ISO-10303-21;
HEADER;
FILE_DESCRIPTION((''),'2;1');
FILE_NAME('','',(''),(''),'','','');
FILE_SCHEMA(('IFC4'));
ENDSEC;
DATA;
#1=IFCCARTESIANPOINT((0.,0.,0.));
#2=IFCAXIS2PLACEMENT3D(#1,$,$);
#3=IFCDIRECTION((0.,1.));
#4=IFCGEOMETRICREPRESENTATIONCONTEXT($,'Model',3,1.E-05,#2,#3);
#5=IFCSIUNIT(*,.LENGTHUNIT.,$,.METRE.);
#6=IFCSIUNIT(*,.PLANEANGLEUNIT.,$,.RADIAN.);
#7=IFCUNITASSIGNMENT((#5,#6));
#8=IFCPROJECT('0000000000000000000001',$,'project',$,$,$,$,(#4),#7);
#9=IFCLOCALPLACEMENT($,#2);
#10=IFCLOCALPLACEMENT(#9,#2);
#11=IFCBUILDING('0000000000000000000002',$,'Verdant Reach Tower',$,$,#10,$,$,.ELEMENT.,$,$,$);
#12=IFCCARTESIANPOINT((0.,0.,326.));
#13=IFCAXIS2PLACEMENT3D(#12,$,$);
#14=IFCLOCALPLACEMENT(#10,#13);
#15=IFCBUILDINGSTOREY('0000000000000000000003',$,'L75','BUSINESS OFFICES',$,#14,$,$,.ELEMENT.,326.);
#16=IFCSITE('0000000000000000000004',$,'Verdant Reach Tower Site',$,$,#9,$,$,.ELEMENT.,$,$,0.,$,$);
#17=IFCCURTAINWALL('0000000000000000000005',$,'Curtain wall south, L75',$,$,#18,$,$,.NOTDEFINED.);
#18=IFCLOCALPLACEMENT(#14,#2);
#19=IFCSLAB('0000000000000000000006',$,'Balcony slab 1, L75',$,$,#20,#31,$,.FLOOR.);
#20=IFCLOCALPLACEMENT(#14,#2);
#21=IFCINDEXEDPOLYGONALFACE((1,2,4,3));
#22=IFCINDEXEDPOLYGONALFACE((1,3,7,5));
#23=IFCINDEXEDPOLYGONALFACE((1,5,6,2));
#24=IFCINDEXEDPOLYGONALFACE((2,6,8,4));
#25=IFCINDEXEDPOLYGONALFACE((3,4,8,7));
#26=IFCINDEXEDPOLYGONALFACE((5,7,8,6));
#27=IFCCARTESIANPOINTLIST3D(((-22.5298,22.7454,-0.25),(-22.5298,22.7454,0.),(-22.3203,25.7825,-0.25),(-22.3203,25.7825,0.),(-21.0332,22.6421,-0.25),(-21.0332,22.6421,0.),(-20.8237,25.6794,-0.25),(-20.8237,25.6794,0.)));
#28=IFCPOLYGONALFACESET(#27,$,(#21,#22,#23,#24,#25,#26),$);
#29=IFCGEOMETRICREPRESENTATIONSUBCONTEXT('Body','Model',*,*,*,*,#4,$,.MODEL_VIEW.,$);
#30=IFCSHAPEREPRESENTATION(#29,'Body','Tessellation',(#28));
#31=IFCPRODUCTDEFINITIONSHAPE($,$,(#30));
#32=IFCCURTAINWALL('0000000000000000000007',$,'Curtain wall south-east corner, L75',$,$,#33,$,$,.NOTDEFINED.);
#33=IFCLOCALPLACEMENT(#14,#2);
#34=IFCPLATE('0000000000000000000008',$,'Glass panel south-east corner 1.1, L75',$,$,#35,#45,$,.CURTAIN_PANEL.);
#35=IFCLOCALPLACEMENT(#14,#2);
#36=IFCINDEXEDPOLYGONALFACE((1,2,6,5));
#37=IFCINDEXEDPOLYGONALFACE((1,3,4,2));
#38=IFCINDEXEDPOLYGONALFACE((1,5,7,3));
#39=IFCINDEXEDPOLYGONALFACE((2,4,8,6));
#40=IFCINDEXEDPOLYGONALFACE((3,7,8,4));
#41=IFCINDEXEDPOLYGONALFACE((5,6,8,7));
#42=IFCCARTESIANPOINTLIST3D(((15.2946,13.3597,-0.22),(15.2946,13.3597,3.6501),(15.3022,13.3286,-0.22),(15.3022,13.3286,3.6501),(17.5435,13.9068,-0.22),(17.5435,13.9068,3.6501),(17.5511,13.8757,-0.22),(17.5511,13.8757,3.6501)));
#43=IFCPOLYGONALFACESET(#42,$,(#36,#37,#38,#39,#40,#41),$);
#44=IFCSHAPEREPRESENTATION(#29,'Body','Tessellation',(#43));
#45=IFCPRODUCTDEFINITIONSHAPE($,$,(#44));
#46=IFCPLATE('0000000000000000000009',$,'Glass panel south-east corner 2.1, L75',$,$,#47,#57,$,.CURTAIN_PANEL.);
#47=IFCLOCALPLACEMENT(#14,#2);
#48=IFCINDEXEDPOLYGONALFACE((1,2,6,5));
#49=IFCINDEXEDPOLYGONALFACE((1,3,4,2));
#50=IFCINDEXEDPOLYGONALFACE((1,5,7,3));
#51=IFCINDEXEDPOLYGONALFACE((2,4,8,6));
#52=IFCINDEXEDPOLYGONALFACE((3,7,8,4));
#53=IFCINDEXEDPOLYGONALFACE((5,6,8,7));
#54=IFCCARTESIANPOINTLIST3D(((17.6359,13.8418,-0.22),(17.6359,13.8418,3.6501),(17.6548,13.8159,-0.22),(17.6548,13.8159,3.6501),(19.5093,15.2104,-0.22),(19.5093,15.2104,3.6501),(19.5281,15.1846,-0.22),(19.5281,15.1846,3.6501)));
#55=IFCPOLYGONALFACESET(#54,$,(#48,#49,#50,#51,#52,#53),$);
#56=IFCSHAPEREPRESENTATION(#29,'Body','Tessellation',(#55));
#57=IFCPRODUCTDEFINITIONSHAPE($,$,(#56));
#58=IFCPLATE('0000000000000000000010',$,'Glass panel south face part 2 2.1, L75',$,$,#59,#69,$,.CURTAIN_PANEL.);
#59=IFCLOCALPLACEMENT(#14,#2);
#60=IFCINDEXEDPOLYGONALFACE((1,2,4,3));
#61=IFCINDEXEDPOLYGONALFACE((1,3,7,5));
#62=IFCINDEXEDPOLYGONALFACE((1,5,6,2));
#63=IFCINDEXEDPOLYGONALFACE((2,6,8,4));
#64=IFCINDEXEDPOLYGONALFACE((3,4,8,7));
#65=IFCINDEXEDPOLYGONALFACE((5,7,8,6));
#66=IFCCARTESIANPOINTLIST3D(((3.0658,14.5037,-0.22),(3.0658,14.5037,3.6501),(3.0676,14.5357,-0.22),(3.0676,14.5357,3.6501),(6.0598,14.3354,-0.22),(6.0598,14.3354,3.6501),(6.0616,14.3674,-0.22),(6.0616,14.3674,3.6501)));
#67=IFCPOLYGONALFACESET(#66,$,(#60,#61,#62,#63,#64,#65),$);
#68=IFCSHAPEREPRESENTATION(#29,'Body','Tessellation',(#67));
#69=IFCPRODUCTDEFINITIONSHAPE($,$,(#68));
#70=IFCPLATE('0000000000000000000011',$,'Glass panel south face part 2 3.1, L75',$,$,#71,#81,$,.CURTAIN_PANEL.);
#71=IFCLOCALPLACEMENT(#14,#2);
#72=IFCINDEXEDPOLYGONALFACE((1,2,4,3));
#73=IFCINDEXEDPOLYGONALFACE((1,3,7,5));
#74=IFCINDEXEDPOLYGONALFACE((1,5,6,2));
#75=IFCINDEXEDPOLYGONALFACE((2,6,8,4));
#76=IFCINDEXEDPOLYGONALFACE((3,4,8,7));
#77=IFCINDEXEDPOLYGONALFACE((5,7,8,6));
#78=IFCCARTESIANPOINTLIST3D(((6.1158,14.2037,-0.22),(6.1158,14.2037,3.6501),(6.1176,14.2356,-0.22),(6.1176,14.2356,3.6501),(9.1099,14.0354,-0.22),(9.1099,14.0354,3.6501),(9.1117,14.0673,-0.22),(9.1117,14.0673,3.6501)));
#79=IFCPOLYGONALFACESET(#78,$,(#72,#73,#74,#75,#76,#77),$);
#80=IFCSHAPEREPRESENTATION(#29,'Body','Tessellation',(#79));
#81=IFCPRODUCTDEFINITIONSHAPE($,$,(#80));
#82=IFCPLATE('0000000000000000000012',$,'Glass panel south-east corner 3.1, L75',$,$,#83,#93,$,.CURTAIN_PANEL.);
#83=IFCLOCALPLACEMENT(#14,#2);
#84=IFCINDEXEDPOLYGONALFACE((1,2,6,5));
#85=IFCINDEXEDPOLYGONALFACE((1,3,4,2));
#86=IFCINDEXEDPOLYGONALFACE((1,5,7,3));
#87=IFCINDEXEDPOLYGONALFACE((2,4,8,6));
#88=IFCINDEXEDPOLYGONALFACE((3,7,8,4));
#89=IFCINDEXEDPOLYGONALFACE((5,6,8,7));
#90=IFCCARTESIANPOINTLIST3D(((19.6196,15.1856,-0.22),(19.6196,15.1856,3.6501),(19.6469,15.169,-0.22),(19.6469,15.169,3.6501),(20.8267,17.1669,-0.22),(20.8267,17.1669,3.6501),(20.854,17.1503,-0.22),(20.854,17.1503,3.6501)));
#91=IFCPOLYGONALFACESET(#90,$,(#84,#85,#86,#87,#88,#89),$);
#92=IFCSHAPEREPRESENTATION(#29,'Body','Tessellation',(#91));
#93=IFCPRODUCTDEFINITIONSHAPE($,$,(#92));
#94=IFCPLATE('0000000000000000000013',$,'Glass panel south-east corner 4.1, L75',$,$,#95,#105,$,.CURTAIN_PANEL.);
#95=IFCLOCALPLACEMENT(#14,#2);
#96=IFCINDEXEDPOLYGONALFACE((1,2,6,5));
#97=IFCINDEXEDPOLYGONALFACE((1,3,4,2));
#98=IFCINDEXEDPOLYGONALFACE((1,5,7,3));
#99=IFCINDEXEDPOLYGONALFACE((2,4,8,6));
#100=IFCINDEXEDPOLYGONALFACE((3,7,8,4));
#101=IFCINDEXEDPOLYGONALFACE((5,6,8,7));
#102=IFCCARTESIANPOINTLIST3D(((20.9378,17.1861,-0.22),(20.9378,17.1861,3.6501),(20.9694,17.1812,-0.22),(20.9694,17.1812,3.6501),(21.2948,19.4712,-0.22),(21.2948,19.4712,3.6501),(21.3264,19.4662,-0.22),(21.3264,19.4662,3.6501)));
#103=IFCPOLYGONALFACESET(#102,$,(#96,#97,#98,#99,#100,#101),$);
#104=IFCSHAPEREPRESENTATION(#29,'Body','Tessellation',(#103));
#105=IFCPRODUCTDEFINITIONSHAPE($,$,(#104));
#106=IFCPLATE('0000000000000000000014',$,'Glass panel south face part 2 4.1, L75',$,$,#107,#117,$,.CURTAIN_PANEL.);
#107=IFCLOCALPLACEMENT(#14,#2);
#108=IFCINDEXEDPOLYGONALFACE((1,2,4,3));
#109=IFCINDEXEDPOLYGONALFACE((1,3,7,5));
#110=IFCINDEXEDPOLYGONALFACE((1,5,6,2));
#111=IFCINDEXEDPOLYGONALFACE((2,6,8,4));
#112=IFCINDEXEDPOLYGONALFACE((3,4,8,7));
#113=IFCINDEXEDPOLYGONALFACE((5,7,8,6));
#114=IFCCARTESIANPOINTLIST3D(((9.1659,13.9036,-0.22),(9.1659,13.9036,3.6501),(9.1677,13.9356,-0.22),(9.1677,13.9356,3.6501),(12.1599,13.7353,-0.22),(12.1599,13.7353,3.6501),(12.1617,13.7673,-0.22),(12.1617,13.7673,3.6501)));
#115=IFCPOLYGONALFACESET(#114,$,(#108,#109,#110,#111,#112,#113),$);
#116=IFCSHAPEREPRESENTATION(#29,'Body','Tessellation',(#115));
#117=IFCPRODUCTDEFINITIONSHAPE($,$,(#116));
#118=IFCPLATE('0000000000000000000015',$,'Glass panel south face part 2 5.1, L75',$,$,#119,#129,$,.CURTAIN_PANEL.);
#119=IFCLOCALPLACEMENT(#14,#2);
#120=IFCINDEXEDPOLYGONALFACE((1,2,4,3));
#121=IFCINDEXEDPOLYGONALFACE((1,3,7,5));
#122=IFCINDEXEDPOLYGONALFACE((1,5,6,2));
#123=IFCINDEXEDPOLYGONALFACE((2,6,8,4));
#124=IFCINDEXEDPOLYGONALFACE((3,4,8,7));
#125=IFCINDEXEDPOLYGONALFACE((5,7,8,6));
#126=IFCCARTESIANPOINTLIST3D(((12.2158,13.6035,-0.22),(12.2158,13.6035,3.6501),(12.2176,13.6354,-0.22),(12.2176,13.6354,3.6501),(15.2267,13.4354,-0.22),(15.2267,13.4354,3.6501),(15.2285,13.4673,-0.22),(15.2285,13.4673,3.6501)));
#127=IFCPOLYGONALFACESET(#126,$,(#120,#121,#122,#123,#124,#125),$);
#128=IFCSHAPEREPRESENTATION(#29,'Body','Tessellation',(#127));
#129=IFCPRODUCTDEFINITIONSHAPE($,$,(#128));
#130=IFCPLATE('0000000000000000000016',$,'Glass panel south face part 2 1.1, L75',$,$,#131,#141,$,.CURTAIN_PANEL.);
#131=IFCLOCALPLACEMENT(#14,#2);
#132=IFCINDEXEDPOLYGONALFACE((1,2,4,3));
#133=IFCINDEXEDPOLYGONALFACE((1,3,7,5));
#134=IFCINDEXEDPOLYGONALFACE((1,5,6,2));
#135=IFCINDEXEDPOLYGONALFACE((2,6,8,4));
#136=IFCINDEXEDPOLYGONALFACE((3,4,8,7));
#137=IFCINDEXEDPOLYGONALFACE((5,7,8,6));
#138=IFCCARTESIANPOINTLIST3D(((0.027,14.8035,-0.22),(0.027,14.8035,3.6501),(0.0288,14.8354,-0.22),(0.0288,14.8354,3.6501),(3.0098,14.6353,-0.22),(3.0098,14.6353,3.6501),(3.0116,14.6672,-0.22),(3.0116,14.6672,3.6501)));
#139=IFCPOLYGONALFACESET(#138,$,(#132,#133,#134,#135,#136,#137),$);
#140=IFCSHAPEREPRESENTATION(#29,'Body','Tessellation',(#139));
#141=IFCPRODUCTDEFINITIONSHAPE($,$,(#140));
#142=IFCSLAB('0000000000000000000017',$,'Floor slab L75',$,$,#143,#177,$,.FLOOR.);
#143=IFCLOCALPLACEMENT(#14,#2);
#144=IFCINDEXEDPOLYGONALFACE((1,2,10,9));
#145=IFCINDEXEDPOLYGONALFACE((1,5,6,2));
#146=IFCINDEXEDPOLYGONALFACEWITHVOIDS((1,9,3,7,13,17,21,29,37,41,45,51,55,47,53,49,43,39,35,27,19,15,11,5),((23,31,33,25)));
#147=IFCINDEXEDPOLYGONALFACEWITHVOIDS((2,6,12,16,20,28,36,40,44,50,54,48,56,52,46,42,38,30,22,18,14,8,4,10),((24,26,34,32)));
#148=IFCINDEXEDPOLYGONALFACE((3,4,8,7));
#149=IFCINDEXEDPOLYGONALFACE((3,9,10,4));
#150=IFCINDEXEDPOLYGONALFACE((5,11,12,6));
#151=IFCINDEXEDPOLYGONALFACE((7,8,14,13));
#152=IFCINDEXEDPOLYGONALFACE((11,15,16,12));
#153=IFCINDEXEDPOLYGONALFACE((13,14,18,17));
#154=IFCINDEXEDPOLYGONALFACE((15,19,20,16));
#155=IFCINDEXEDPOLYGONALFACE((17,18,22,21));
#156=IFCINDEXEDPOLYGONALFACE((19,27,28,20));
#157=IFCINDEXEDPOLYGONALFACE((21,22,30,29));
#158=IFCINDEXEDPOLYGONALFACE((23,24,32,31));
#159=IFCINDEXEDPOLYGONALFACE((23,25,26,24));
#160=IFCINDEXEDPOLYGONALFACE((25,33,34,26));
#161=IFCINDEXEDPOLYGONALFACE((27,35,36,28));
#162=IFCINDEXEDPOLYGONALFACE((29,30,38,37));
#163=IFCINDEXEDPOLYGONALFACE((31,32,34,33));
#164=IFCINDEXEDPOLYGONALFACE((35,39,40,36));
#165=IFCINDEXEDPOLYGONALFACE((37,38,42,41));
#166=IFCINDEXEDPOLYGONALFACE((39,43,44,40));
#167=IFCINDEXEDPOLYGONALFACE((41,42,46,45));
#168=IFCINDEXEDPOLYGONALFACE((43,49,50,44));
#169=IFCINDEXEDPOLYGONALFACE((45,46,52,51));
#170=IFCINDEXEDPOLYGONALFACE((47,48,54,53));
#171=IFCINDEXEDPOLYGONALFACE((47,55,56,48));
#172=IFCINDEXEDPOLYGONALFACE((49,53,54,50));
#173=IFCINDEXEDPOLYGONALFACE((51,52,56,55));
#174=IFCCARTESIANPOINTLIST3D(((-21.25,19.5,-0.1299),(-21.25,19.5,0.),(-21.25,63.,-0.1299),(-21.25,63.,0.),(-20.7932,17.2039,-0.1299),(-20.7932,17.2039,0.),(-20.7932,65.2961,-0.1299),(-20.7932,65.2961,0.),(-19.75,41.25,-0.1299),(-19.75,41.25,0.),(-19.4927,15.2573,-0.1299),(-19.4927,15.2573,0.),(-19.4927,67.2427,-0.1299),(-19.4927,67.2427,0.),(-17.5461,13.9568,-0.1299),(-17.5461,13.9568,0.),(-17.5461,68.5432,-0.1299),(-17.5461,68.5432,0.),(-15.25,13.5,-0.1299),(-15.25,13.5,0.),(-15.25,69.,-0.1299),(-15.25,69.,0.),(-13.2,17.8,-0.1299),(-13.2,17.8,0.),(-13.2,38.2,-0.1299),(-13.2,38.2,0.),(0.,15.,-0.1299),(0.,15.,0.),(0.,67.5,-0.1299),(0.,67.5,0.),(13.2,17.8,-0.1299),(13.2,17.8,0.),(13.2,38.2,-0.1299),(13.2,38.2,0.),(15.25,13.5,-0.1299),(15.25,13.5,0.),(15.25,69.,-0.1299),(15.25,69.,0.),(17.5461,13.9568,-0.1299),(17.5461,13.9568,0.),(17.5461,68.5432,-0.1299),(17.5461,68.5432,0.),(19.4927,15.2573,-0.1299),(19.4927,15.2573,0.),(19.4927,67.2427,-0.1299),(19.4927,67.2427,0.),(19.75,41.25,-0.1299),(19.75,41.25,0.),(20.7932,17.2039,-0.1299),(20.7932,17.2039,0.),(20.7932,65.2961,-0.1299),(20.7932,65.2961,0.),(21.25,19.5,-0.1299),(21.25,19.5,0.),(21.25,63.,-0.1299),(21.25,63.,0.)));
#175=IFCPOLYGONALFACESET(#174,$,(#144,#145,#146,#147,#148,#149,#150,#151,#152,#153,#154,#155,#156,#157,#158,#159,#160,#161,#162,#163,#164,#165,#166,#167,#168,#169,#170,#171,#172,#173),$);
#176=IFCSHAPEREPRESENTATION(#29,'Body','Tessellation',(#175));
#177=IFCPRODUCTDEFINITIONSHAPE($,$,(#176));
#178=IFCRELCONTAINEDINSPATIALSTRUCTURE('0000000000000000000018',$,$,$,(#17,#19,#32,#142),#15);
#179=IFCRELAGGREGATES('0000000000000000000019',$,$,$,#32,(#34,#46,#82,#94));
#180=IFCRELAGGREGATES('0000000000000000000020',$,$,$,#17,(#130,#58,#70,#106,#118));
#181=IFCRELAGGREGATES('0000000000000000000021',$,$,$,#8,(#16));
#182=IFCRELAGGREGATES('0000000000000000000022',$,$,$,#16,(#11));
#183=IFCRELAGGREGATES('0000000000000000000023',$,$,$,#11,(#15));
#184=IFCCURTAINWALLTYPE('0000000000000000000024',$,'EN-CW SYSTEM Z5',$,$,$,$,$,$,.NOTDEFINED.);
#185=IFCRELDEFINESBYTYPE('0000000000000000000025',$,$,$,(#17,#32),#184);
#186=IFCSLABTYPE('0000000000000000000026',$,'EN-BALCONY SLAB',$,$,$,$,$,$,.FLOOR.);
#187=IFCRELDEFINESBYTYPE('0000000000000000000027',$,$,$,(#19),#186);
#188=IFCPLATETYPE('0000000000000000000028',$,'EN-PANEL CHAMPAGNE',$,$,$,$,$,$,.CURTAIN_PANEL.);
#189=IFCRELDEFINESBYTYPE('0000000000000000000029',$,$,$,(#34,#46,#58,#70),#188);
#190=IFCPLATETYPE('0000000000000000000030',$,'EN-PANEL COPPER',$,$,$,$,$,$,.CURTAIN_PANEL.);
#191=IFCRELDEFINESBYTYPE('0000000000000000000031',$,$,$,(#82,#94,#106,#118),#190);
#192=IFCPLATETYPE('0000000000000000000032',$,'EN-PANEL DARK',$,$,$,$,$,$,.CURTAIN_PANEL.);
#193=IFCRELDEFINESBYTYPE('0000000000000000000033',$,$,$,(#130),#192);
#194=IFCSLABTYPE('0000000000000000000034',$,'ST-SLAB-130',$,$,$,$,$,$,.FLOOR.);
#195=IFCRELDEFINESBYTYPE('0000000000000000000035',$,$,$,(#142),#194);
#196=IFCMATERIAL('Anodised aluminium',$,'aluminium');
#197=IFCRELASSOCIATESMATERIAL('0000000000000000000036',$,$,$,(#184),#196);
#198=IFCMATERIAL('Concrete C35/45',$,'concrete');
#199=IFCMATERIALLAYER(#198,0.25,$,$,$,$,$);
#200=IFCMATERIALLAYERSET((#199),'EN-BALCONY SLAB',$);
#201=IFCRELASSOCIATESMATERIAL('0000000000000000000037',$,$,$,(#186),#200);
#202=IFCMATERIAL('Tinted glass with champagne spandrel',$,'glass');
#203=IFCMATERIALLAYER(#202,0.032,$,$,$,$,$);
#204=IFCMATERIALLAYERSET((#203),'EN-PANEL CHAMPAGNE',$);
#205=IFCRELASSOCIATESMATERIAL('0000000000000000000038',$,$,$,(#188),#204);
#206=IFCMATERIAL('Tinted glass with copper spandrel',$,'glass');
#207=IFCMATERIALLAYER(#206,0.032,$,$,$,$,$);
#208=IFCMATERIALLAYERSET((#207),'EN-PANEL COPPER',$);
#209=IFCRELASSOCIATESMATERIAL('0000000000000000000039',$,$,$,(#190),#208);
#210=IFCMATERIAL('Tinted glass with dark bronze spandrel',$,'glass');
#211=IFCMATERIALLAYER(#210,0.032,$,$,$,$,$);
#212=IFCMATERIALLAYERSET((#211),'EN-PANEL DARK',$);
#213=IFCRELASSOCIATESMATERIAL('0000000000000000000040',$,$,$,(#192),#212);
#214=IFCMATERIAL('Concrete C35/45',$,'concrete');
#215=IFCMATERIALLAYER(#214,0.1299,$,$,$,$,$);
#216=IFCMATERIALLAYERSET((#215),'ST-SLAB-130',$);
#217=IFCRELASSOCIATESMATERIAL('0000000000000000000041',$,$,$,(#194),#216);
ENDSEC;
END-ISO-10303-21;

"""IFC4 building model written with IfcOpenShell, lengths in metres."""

from ifc_helpers import new_model, si_unit, direction, frame, origin, origin_2d, place, context, subcontext, project, spatial, polyline, rectangle, outline, extrude, material, layer, layer_set, type_object, element, aggregate, save


model = new_model("IFC4")

# Units and contexts
model_context = context("Model", 3, precision=1e-05, world=origin(), true_north=direction((0.0, 1.0)))
body_context = subcontext(model_context, "Body", "Model", "MODEL_VIEW")
ifc_project = project(units=[si_unit("LENGTHUNIT", "METRE"), si_unit("PLANEANGLEUNIT", "RADIAN")], contexts=[model_context])

# Site, building, storey
site_placement = place(None, origin())
site = spatial("IfcSite", under=ifc_project, at=site_placement, Name="Verdant Reach Tower Site", CompositionType="ELEMENT", RefElevation=0.0)
building_placement = place(site_placement, origin())
building = spatial("IfcBuilding", under=site, at=building_placement, Name="Verdant Reach Tower", CompositionType="ELEMENT")
storey_placement = place(building_placement, frame((0.0, 0.0, 326.0)))
storey = spatial("IfcBuildingStorey", under=building, at=storey_placement, Name="L75", Description="BUSINESS OFFICES", CompositionType="ELEMENT", Elevation=326.0)

# Curtain wall
ifc_material_1 = material(Name="Anodised aluminium", Category="aluminium")
curtain_wall_type = type_object("IfcCurtainWallType", Name="EN-CW SYSTEM Z5", PredefinedType="NOTDEFINED", material=ifc_material_1)
curtain_wall_1_placement = place(storey_placement, origin())
curtain_wall_1 = element("IfcCurtainWall", 1, at=curtain_wall_1_placement, inside=storey, type_object=curtain_wall_type, Name="Curtain wall south, L75", PredefinedType="NOTDEFINED")

# Slab
ifc_material_2 = material(Name="Concrete C35/45", Category="concrete")
ifc_layer_1 = layer(ifc_material_2, 0.25)
ifc_layer_set_1 = layer_set([ifc_layer_1], Name="EN-BALCONY SLAB")
slab_type_1 = type_object("IfcSlabType", Name="EN-BALCONY SLAB", PredefinedType="FLOOR", material=ifc_layer_set_1)
slab_1_placement = place(storey_placement, frame((0.0, 0.0, -0.25)))
element("IfcSlab", 2, at=slab_1_placement, inside=storey, type_object=slab_type_1, Name="Balcony slab 1, L75", PredefinedType="FLOOR", context=body_context, shape_type="SweptSolid", body=[
    extrude(outline(polyline([(-20.8237, 25.6794), (-21.0332, 22.6421), (-22.5298, 22.7454), (-22.3203, 25.7825), (-20.8237, 25.6794)])), origin(), (0.0, 0.0, 1.0), 0.25),
])

# Curtain wall, plates
curtain_wall_2_placement = place(storey_placement, origin())
curtain_wall_2 = element("IfcCurtainWall", 3, at=curtain_wall_2_placement, inside=storey, type_object=curtain_wall_type, Name="Curtain wall south-east corner, L75", PredefinedType="NOTDEFINED")
ifc_material_3 = material(Name="Tinted glass with champagne spandrel", Category="glass")
ifc_layer_2 = layer(ifc_material_3, 0.032)
ifc_layer_set_2 = layer_set([ifc_layer_2], Name="EN-PANEL CHAMPAGNE")
plate_type_1 = type_object("IfcPlateType", Name="EN-PANEL CHAMPAGNE", PredefinedType="CURTAIN_PANEL", material=ifc_layer_set_2)
plate_1_placement = place(storey_placement, frame((16.4229, 13.6177, -0.22), z_axis=(0.0, 0.0, 1.0), x_axis=(0.971662, 0.236376, 0.0)))
plate_1 = element("IfcPlate", 4, at=plate_1_placement, type_object=plate_type_1, Name="Glass panel south-east corner 1.1, L75", PredefinedType="CURTAIN_PANEL", context=body_context, shape_type="SweptSolid", body=[
    extrude(rectangle(XDim=2.3145, YDim=0.032, at=origin_2d()), origin(), (0.0, 0.0, 1.0), 3.8701),
])
plate_2_placement = place(storey_placement, frame((18.582, 14.5132, -0.22), z_axis=(0.0, 0.0, 1.0), x_axis=(0.807457, 0.589927, 0.0)))
plate_2 = element("IfcPlate", 5, at=plate_2_placement, type_object=plate_type_1, Name="Glass panel south-east corner 2.1, L75", PredefinedType="CURTAIN_PANEL", context=body_context, shape_type="SweptSolid", body=[
    extrude(rectangle(XDim=2.3201, YDim=0.032, at=origin_2d()), origin(), (0.0, 0.0, 1.0), 3.8701),
])

# Plates
plate_3_placement = place(storey_placement, frame((4.5637, 14.4355, -0.22), z_axis=(0.0, 0.0, 1.0), x_axis=(0.998424, -0.056128, 0.0)))
plate_3 = element("IfcPlate", 6, at=plate_3_placement, type_object=plate_type_1, Name="Glass panel south face part 2 2.1, L75", PredefinedType="CURTAIN_PANEL", context=body_context, shape_type="SweptSolid", body=[
    extrude(rectangle(XDim=2.9988, YDim=0.032, at=origin_2d()), origin(), (0.0, 0.0, 1.0), 3.8701),
])
plate_4_placement = place(storey_placement, frame((7.6138, 14.1355, -0.22), z_axis=(0.0, 0.0, 1.0), x_axis=(0.998424, -0.056128, 0.0)))
plate_4 = element("IfcPlate", 7, at=plate_4_placement, type_object=plate_type_1, Name="Glass panel south face part 2 3.1, L75", PredefinedType="CURTAIN_PANEL", context=body_context, shape_type="SweptSolid", body=[
    extrude(rectangle(XDim=2.9988, YDim=0.032, at=origin_2d()), origin(), (0.0, 0.0, 1.0), 3.8701),
])
ifc_material_4 = material(Name="Tinted glass with copper spandrel", Category="glass")
ifc_layer_3 = layer(ifc_material_4, 0.032)
ifc_layer_set_3 = layer_set([ifc_layer_3], Name="EN-PANEL COPPER")
plate_type_2 = type_object("IfcPlateType", Name="EN-PANEL COPPER", PredefinedType="CURTAIN_PANEL", material=ifc_layer_set_3)
plate_5_placement = place(storey_placement, frame((20.2368, 16.168, -0.22), z_axis=(0.0, 0.0, 1.0), x_axis=(0.520292, 0.853989, 0.0)))
plate_5 = element("IfcPlate", 8, at=plate_5_placement, type_object=plate_type_2, Name="Glass panel south-east corner 3.1, L75", PredefinedType="CURTAIN_PANEL", context=body_context, shape_type="SweptSolid", body=[
    extrude(rectangle(XDim=2.3201, YDim=0.032, at=origin_2d()), origin(), (0.0, 0.0, 1.0), 3.8701),
])
plate_6_placement = place(storey_placement, frame((21.1321, 18.3262, -0.22), z_axis=(0.0, 0.0, 1.0), x_axis=(0.154337, 0.988018, 0.0)))
plate_6 = element("IfcPlate", 9, at=plate_6_placement, type_object=plate_type_2, Name="Glass panel south-east corner 4.1, L75", PredefinedType="CURTAIN_PANEL", context=body_context, shape_type="SweptSolid", body=[
    extrude(rectangle(XDim=2.3127, YDim=0.032, at=origin_2d()), origin(), (0.0, 0.0, 1.0), 3.8701),
])
aggregate(curtain_wall_2, [plate_1, plate_2, plate_5, plate_6])
plate_7_placement = place(storey_placement, frame((10.6638, 13.8354, -0.22), z_axis=(0.0, 0.0, 1.0), x_axis=(0.998424, -0.056128, 0.0)))
plate_7 = element("IfcPlate", 10, at=plate_7_placement, type_object=plate_type_2, Name="Glass panel south face part 2 4.1, L75", PredefinedType="CURTAIN_PANEL", context=body_context, shape_type="SweptSolid", body=[
    extrude(rectangle(XDim=2.9988, YDim=0.032, at=origin_2d()), origin(), (0.0, 0.0, 1.0), 3.8701),
])
plate_8_placement = place(storey_placement, frame((13.7222, 13.5354, -0.22), z_axis=(0.0, 0.0, 1.0), x_axis=(0.998446, -0.055725, 0.0)))
plate_8 = element("IfcPlate", 11, at=plate_8_placement, type_object=plate_type_2, Name="Glass panel south face part 2 5.1, L75", PredefinedType="CURTAIN_PANEL", context=body_context, shape_type="SweptSolid", body=[
    extrude(rectangle(XDim=3.0156, YDim=0.032, at=origin_2d()), origin(), (0.0, 0.0, 1.0), 3.8701),
])
ifc_material_5 = material(Name="Tinted glass with dark bronze spandrel", Category="glass")
ifc_layer_4 = layer(ifc_material_5, 0.032)
ifc_layer_set_4 = layer_set([ifc_layer_4], Name="EN-PANEL DARK")
plate_type_3 = type_object("IfcPlateType", Name="EN-PANEL DARK", PredefinedType="CURTAIN_PANEL", material=ifc_layer_set_4)
plate_9_placement = place(storey_placement, frame((1.5193, 14.7354, -0.22), z_axis=(0.0, 0.0, 1.0), x_axis=(0.998413, -0.056308, 0.0)))
plate_9 = element("IfcPlate", 12, at=plate_9_placement, type_object=plate_type_3, Name="Glass panel south face part 2 1.1, L75", PredefinedType="CURTAIN_PANEL", context=body_context, shape_type="SweptSolid", body=[
    extrude(rectangle(XDim=2.9875, YDim=0.032, at=origin_2d()), origin(), (0.0, 0.0, 1.0), 3.8701),
])
aggregate(curtain_wall_1, [plate_9, plate_3, plate_4, plate_7, plate_8])

# Slab
ifc_material_6 = material(Name="Concrete C35/45", Category="concrete")
ifc_layer_5 = layer(ifc_material_6, 0.1299)
ifc_layer_set_5 = layer_set([ifc_layer_5], Name="ST-SLAB-130")
slab_type_2 = type_object("IfcSlabType", Name="ST-SLAB-130", PredefinedType="FLOOR", material=ifc_layer_set_5)
slab_2_placement = place(storey_placement, frame((0.0, 0.0, -0.1299)))
element("IfcSlab", 13, at=slab_2_placement, inside=storey, type_object=slab_type_2, Name="Floor slab L75", PredefinedType="FLOOR", context=body_context, shape_type="SweptSolid", body=[
    extrude(outline(polyline([(0.0, 15.0), (-15.25, 13.5), (-17.5461, 13.9568), (-19.4927, 15.2573), (-20.7932, 17.2039), (-21.25, 19.5), (-19.75, 41.25), (-21.25, 63.0), (-20.7932, 65.2961), (-19.4927, 67.2427), (-17.5461, 68.5432), (-15.25, 69.0), (0.0, 67.5), (15.25, 69.0), (17.5461, 68.5432), (19.4927, 67.2427), (20.7932, 65.2961), (21.25, 63.0), (19.75, 41.25), (21.25, 19.5), (20.7932, 17.2039), (19.4927, 15.2573), (17.5461, 13.9568), (15.25, 13.5), (0.0, 15.0)]), holes=[polyline([(13.2, 38.2), (-13.2, 38.2), (-13.2, 17.8), (13.2, 17.8), (13.2, 38.2)])]), origin(), (0.0, 0.0, 1.0), 0.1299),
])

save(model, "model.ifc")
